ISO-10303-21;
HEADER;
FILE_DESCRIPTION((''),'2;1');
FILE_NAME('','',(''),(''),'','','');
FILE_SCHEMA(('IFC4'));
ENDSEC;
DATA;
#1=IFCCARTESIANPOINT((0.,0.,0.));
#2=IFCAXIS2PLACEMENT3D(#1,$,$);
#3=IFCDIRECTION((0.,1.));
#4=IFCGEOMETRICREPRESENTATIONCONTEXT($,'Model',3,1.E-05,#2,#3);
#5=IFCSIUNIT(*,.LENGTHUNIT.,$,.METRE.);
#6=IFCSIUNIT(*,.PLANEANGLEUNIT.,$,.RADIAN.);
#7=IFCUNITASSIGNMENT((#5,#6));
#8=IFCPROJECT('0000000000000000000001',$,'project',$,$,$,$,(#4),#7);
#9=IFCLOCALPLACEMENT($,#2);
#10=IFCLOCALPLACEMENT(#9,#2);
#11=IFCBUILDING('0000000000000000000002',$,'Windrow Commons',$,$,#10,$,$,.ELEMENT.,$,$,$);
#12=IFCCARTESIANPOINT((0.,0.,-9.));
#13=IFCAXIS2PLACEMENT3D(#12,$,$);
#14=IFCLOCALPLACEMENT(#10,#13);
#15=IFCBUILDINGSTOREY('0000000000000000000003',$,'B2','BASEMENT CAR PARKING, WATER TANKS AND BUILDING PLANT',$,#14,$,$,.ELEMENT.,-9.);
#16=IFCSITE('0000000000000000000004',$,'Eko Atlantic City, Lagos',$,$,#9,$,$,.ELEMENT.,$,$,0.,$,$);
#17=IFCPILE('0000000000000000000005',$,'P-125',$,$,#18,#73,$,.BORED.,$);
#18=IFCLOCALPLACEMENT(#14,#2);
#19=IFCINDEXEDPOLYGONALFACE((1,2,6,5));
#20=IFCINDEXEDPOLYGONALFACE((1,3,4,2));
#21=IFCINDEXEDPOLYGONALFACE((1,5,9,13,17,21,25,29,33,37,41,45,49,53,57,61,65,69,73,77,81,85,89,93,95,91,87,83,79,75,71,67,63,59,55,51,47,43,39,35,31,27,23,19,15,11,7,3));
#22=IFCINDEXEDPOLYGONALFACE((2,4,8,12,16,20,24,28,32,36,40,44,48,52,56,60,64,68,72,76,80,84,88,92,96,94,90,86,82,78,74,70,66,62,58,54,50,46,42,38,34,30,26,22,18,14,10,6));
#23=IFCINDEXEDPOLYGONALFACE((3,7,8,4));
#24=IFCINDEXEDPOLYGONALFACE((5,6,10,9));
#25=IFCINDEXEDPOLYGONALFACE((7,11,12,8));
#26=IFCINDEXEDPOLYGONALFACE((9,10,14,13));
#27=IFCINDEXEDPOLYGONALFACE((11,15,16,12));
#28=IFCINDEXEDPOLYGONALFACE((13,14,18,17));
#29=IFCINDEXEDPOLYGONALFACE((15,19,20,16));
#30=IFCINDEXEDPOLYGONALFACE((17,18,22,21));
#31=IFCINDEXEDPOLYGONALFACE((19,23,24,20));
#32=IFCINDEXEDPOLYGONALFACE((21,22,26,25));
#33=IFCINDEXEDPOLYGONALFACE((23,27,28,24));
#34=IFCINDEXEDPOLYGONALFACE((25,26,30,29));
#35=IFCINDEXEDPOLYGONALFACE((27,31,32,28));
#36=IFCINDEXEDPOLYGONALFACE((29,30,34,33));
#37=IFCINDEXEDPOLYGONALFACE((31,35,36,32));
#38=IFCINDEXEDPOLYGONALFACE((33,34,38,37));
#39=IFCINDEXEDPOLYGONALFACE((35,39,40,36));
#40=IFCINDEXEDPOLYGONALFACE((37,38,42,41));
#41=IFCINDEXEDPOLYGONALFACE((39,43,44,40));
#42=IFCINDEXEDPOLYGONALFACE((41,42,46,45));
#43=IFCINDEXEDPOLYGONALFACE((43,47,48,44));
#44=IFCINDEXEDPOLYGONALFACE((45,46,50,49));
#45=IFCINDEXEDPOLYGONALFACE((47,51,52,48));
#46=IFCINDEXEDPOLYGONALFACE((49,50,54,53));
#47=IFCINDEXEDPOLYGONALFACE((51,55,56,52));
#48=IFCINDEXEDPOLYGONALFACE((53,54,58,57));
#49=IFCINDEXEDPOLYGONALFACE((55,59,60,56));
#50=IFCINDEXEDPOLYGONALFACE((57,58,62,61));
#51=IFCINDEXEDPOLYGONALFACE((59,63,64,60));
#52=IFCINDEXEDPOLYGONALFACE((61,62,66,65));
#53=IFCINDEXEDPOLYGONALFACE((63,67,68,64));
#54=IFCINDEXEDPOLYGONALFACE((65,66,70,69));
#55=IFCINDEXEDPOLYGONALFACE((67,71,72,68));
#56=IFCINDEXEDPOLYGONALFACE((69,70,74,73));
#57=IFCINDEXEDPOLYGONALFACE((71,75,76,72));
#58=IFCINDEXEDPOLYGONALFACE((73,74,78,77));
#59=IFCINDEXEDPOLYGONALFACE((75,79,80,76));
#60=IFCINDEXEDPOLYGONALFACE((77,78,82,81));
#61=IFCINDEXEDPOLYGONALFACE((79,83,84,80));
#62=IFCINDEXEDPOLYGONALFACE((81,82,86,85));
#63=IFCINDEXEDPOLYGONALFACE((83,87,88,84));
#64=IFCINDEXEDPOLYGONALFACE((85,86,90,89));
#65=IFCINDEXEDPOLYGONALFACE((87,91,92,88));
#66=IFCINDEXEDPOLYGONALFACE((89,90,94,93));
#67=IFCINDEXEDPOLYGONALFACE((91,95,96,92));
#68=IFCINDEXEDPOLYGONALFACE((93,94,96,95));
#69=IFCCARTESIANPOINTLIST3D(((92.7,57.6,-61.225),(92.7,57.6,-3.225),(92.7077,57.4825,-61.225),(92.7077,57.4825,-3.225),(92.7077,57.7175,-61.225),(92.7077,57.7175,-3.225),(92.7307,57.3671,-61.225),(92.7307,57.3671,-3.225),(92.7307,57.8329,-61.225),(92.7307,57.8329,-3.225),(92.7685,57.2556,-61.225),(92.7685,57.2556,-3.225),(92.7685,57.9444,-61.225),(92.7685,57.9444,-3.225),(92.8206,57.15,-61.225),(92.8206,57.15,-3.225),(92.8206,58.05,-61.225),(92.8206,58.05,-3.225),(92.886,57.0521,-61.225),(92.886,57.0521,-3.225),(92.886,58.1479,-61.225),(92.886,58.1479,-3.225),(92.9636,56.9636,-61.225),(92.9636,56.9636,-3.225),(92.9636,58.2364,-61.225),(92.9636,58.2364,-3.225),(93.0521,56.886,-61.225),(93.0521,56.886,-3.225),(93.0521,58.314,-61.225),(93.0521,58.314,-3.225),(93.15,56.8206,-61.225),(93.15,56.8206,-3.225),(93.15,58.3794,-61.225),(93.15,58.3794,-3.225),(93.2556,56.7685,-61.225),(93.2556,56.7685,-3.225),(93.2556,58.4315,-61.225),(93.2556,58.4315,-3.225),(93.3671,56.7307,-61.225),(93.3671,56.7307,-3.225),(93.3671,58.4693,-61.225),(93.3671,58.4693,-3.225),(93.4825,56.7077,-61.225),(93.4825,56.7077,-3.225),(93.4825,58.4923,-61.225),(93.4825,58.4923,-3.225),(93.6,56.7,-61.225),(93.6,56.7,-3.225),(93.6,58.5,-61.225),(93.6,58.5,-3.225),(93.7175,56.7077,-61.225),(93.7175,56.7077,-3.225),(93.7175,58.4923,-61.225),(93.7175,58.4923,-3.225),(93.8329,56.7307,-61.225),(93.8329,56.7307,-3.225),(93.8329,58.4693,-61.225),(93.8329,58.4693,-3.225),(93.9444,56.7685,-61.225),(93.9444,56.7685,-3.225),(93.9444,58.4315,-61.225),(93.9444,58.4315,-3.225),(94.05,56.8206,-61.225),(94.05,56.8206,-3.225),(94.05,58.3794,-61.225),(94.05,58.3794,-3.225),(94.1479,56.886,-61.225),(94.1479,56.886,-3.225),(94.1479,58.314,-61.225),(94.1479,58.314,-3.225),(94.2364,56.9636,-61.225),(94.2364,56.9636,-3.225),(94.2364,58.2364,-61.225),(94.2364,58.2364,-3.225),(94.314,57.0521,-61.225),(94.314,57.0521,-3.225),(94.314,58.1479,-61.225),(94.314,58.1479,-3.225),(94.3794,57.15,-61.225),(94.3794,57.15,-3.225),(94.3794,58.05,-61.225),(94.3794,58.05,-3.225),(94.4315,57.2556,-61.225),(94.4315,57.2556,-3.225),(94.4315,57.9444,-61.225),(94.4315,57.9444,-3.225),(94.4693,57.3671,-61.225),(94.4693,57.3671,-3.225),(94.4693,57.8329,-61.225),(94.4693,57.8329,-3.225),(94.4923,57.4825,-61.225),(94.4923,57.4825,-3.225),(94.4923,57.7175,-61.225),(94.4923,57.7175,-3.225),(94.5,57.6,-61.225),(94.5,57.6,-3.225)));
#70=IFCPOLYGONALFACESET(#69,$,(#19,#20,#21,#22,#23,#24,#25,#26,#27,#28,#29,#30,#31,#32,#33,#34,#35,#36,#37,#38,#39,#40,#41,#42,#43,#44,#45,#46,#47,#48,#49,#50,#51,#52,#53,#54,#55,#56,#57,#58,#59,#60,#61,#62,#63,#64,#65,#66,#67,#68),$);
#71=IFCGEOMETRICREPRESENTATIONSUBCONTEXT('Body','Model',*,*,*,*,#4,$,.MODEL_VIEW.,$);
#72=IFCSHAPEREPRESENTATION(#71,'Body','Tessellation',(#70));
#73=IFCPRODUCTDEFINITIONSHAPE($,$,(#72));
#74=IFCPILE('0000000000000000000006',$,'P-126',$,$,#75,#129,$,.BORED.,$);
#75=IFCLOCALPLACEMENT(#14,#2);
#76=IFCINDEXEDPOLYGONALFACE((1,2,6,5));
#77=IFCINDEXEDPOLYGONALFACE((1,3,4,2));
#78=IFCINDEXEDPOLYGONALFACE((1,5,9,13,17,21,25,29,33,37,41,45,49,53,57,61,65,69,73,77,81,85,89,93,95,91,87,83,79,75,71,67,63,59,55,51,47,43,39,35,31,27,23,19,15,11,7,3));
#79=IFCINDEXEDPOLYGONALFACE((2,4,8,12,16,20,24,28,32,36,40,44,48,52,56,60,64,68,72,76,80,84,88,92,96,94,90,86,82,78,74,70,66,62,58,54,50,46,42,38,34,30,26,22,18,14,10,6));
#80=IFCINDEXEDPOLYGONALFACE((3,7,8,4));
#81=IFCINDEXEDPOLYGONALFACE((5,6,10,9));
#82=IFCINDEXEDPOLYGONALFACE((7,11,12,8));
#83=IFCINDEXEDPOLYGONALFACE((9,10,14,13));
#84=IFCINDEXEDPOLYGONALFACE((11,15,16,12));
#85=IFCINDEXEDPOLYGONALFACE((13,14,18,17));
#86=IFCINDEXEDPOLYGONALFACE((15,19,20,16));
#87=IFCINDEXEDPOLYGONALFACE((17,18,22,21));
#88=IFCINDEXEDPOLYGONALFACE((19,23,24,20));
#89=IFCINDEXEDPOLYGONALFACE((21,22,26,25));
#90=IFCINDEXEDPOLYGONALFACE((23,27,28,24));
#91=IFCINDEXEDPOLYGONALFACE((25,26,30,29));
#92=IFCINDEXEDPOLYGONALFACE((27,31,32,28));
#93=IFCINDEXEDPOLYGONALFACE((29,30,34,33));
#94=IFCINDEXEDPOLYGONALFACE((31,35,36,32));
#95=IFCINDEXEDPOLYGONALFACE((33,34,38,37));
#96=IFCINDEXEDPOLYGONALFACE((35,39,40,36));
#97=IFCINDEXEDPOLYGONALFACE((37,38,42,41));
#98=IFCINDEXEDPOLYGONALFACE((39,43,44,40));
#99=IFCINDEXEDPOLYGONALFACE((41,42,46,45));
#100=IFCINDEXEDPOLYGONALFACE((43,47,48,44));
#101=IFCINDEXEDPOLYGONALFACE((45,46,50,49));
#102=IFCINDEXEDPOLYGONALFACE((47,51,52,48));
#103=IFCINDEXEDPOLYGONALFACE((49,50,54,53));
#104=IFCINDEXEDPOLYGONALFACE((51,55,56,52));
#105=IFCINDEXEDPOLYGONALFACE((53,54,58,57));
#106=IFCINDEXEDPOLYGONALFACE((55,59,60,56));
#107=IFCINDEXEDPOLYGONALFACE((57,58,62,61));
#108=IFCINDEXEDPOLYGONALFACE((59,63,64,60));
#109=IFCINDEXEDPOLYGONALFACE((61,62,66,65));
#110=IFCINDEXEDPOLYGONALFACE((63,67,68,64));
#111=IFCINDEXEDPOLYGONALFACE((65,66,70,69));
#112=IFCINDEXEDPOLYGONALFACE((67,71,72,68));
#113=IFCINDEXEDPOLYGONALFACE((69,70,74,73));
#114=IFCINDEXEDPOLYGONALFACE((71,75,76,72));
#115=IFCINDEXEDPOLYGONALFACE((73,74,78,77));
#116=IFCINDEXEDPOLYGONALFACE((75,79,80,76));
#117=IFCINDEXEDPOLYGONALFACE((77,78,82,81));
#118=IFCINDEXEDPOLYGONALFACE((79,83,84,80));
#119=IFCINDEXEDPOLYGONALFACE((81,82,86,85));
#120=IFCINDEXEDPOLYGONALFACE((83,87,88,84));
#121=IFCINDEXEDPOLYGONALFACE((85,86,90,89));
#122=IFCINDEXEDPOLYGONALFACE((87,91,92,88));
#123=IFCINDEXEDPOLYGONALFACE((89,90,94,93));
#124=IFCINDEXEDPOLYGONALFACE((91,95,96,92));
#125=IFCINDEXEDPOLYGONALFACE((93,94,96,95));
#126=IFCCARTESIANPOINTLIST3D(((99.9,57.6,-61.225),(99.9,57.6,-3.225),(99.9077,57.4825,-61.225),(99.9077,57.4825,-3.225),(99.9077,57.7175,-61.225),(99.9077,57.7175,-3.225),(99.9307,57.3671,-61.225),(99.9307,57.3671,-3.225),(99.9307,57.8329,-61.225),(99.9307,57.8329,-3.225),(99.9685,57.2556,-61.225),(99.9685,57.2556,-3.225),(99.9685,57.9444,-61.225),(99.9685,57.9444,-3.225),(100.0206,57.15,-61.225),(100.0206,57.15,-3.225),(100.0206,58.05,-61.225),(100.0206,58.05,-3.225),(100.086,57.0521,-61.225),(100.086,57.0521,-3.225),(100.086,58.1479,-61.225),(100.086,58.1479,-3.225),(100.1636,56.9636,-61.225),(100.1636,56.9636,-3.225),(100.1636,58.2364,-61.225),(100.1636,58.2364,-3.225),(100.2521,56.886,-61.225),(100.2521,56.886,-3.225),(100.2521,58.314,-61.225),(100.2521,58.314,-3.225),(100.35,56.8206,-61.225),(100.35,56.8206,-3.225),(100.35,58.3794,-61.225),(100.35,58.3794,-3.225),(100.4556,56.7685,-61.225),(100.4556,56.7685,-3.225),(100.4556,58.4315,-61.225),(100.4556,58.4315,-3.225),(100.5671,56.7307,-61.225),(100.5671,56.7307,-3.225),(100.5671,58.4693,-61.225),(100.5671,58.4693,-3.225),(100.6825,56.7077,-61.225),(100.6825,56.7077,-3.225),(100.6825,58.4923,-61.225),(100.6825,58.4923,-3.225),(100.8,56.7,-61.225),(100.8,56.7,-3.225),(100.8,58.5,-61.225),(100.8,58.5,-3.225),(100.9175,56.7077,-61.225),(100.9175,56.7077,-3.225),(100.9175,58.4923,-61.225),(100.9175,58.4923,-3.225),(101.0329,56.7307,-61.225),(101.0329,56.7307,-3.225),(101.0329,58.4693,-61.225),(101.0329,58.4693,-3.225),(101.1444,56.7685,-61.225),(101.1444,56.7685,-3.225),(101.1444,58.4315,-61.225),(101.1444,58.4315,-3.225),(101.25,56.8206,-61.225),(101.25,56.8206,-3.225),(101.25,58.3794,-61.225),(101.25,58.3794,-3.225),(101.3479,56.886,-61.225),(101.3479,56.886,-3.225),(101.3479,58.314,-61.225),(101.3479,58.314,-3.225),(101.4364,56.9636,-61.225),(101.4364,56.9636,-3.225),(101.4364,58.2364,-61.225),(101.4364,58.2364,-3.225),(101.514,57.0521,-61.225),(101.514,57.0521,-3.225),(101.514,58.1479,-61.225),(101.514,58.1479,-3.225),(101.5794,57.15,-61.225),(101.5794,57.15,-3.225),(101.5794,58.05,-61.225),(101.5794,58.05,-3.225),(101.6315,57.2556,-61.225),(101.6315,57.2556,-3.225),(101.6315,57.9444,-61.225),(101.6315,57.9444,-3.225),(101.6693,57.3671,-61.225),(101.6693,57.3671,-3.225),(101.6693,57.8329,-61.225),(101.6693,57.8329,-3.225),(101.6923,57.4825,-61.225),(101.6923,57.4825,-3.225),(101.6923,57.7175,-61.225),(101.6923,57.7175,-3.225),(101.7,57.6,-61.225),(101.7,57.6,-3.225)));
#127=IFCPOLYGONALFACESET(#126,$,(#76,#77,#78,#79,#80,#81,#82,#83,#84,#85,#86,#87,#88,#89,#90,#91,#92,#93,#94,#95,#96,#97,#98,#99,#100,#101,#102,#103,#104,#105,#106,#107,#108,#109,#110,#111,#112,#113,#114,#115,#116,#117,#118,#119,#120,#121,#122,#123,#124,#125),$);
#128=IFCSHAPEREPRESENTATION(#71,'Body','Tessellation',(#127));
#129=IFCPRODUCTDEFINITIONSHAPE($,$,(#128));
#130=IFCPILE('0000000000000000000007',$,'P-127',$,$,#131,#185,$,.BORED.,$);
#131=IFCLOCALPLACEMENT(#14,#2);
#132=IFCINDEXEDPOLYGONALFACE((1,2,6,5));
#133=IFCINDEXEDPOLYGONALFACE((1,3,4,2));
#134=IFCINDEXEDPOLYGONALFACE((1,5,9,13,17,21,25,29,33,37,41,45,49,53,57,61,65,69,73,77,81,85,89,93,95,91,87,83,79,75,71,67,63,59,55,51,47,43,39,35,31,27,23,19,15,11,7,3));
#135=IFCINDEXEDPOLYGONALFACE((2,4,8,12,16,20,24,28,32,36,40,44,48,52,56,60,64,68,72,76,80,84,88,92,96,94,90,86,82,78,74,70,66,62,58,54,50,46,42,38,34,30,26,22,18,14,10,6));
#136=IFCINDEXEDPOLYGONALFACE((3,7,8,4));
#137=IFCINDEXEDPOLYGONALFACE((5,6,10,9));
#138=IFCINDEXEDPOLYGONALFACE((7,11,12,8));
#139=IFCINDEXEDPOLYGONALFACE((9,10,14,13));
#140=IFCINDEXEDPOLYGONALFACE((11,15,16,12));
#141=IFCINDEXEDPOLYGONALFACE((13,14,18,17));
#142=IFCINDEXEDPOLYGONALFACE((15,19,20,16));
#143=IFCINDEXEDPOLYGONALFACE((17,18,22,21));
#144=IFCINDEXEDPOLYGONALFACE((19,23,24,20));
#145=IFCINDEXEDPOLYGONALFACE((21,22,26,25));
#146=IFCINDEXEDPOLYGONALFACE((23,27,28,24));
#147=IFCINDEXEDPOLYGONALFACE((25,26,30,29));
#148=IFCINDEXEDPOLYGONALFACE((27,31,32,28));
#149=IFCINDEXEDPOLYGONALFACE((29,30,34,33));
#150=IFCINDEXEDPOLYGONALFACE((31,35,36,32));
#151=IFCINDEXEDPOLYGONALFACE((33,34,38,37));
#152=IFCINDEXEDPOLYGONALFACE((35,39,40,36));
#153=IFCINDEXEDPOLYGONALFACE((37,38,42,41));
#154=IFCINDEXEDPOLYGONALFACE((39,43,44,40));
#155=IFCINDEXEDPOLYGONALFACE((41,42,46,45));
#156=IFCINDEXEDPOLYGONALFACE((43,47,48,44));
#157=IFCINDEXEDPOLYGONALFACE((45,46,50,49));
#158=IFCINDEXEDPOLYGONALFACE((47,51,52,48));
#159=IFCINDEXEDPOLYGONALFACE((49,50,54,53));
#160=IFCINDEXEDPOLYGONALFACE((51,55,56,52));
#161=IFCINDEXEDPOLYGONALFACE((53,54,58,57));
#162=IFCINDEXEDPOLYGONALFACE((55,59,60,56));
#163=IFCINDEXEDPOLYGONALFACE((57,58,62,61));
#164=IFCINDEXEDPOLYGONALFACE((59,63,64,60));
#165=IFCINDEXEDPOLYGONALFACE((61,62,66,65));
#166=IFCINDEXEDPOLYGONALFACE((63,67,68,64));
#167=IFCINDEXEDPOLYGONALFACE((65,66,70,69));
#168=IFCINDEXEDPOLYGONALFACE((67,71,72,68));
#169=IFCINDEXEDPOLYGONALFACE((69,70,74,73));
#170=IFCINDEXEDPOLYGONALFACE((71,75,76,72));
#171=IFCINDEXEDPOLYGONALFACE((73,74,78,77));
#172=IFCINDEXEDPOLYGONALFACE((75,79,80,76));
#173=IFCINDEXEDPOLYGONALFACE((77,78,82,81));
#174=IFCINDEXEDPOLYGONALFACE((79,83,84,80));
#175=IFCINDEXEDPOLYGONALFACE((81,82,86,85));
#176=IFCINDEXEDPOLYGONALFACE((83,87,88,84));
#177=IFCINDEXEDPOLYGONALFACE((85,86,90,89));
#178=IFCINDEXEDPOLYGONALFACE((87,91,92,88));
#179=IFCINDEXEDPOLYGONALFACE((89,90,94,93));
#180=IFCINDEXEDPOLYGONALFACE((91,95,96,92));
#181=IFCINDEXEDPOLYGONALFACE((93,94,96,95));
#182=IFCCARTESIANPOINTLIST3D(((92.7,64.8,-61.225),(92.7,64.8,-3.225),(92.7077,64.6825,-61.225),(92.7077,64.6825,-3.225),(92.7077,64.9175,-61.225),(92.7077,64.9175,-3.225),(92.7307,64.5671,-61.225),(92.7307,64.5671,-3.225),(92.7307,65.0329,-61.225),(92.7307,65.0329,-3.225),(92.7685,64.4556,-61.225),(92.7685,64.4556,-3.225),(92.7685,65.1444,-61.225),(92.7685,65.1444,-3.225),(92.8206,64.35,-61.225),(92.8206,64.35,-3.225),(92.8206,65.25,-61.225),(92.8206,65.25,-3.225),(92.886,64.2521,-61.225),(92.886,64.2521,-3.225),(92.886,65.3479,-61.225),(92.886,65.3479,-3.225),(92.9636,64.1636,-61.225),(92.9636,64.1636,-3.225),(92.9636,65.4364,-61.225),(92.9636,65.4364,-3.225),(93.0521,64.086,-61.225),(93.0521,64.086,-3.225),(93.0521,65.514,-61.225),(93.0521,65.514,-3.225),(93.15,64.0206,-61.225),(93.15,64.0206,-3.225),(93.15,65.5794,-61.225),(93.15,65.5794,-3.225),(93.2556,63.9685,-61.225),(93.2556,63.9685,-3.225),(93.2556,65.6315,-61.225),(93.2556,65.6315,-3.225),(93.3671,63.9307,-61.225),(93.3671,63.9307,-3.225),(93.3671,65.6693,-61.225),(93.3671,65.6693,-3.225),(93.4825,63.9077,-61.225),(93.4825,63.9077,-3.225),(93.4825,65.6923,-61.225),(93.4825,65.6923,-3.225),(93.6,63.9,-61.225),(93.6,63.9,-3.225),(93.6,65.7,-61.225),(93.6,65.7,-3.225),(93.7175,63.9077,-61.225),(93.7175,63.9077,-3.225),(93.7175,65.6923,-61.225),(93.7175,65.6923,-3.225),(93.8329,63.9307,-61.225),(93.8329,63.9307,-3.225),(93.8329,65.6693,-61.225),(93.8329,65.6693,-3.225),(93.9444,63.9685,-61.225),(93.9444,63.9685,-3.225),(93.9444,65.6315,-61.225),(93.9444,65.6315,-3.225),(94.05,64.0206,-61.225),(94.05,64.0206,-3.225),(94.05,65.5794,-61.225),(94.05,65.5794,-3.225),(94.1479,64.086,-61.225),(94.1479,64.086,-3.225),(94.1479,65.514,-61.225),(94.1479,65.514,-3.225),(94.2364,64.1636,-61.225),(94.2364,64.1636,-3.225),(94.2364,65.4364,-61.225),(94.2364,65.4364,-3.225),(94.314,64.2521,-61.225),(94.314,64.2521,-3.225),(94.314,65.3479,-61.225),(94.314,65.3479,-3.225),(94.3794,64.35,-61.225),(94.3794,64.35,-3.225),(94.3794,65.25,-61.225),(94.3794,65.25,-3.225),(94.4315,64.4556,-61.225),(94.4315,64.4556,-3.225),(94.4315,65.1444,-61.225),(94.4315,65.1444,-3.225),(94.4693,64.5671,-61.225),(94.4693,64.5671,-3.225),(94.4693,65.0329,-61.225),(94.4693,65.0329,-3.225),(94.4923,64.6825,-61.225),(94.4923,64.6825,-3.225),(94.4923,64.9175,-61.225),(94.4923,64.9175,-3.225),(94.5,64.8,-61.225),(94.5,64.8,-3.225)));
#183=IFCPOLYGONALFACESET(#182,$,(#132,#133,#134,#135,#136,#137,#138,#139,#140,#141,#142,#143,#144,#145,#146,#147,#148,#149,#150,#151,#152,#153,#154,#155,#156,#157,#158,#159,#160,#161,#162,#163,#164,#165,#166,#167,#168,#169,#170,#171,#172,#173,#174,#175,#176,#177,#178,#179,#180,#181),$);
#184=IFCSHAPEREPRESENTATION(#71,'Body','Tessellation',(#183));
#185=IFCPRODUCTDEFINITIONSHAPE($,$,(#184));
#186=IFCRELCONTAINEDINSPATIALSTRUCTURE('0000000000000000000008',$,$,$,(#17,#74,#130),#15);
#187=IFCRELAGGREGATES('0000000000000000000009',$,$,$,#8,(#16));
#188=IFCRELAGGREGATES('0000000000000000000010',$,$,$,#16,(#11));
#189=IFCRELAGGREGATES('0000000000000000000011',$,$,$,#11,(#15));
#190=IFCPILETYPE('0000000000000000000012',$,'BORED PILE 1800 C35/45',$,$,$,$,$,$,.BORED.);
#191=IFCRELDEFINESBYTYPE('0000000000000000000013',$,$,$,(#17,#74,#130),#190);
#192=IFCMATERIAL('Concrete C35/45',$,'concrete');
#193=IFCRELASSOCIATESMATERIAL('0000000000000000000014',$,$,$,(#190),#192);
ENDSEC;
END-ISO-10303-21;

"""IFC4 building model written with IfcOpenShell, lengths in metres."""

from ifc_helpers import new_model, si_unit, direction, frame, origin, origin_2d, place, context, subcontext, project, spatial, circle, extrude, material, material_profile, profile_set, type_object, element, save


model = new_model("IFC4")

# Units and contexts
model_context = context("Model", 3, precision=1e-05, world=origin(), true_north=direction((0.0, 1.0)))
body_context = subcontext(model_context, "Body", "Model", "MODEL_VIEW")
ifc_project = project(units=[si_unit("LENGTHUNIT", "METRE"), si_unit("PLANEANGLEUNIT", "RADIAN")], contexts=[model_context])

# Site, building, storey
site_placement = place(None, origin())
site = spatial("IfcSite", under=ifc_project, at=site_placement, Name="Eko Atlantic City, Lagos", CompositionType="ELEMENT", RefElevation=0.0)
building_placement = place(site_placement, origin())
building = spatial("IfcBuilding", under=site, at=building_placement, Name="Windrow Commons", CompositionType="ELEMENT")
storey_placement = place(building_placement, frame((0.0, 0.0, -9.0)))
storey = spatial("IfcBuildingStorey", under=building, at=storey_placement, Name="B2", Description="BASEMENT CAR PARKING, WATER TANKS AND BUILDING PLANT", CompositionType="ELEMENT", Elevation=-9.0)

# Piles
ifc_material_1 = material(Name="Concrete C35/45", Category="concrete")
ifc_material_profile_1 = material_profile(ifc_material_1, circle(Radius=0.9, at=origin_2d()))
ifc_profile_set_1 = profile_set([ifc_material_profile_1], Name="Concrete C35/45")
pile_type = type_object("IfcPileType", Name="BORED PILE 1800 C35/45", PredefinedType="BORED", material=ifc_profile_set_1)
for number, where, z_axis, x_axis, name in (
    (1, (93.6, 57.6, -3.225), (0.0, 0.0, -1.0), (1.0, 0.0, 0.0), "P-125"),
    (2, (100.8, 57.6, -3.225), (0.0, 0.0, -1.0), (1.0, 0.0, 0.0), "P-126"),
    (3, (93.6, 64.8, -3.225), (0.0, 0.0, -1.0), (1.0, 0.0, 0.0), "P-127"),
):
    element("IfcPile", number, at=place(storey_placement, frame(where, z_axis=z_axis, x_axis=x_axis)), inside=storey, type_object=pile_type, Name=name, PredefinedType="BORED", context=body_context, shape_type="SweptSolid", body=[
        extrude(circle(Radius=0.9, at=origin_2d()), origin(), (0.0, 0.0, 1.0), 58.0),
    ])

save(model, "model.ifc")
